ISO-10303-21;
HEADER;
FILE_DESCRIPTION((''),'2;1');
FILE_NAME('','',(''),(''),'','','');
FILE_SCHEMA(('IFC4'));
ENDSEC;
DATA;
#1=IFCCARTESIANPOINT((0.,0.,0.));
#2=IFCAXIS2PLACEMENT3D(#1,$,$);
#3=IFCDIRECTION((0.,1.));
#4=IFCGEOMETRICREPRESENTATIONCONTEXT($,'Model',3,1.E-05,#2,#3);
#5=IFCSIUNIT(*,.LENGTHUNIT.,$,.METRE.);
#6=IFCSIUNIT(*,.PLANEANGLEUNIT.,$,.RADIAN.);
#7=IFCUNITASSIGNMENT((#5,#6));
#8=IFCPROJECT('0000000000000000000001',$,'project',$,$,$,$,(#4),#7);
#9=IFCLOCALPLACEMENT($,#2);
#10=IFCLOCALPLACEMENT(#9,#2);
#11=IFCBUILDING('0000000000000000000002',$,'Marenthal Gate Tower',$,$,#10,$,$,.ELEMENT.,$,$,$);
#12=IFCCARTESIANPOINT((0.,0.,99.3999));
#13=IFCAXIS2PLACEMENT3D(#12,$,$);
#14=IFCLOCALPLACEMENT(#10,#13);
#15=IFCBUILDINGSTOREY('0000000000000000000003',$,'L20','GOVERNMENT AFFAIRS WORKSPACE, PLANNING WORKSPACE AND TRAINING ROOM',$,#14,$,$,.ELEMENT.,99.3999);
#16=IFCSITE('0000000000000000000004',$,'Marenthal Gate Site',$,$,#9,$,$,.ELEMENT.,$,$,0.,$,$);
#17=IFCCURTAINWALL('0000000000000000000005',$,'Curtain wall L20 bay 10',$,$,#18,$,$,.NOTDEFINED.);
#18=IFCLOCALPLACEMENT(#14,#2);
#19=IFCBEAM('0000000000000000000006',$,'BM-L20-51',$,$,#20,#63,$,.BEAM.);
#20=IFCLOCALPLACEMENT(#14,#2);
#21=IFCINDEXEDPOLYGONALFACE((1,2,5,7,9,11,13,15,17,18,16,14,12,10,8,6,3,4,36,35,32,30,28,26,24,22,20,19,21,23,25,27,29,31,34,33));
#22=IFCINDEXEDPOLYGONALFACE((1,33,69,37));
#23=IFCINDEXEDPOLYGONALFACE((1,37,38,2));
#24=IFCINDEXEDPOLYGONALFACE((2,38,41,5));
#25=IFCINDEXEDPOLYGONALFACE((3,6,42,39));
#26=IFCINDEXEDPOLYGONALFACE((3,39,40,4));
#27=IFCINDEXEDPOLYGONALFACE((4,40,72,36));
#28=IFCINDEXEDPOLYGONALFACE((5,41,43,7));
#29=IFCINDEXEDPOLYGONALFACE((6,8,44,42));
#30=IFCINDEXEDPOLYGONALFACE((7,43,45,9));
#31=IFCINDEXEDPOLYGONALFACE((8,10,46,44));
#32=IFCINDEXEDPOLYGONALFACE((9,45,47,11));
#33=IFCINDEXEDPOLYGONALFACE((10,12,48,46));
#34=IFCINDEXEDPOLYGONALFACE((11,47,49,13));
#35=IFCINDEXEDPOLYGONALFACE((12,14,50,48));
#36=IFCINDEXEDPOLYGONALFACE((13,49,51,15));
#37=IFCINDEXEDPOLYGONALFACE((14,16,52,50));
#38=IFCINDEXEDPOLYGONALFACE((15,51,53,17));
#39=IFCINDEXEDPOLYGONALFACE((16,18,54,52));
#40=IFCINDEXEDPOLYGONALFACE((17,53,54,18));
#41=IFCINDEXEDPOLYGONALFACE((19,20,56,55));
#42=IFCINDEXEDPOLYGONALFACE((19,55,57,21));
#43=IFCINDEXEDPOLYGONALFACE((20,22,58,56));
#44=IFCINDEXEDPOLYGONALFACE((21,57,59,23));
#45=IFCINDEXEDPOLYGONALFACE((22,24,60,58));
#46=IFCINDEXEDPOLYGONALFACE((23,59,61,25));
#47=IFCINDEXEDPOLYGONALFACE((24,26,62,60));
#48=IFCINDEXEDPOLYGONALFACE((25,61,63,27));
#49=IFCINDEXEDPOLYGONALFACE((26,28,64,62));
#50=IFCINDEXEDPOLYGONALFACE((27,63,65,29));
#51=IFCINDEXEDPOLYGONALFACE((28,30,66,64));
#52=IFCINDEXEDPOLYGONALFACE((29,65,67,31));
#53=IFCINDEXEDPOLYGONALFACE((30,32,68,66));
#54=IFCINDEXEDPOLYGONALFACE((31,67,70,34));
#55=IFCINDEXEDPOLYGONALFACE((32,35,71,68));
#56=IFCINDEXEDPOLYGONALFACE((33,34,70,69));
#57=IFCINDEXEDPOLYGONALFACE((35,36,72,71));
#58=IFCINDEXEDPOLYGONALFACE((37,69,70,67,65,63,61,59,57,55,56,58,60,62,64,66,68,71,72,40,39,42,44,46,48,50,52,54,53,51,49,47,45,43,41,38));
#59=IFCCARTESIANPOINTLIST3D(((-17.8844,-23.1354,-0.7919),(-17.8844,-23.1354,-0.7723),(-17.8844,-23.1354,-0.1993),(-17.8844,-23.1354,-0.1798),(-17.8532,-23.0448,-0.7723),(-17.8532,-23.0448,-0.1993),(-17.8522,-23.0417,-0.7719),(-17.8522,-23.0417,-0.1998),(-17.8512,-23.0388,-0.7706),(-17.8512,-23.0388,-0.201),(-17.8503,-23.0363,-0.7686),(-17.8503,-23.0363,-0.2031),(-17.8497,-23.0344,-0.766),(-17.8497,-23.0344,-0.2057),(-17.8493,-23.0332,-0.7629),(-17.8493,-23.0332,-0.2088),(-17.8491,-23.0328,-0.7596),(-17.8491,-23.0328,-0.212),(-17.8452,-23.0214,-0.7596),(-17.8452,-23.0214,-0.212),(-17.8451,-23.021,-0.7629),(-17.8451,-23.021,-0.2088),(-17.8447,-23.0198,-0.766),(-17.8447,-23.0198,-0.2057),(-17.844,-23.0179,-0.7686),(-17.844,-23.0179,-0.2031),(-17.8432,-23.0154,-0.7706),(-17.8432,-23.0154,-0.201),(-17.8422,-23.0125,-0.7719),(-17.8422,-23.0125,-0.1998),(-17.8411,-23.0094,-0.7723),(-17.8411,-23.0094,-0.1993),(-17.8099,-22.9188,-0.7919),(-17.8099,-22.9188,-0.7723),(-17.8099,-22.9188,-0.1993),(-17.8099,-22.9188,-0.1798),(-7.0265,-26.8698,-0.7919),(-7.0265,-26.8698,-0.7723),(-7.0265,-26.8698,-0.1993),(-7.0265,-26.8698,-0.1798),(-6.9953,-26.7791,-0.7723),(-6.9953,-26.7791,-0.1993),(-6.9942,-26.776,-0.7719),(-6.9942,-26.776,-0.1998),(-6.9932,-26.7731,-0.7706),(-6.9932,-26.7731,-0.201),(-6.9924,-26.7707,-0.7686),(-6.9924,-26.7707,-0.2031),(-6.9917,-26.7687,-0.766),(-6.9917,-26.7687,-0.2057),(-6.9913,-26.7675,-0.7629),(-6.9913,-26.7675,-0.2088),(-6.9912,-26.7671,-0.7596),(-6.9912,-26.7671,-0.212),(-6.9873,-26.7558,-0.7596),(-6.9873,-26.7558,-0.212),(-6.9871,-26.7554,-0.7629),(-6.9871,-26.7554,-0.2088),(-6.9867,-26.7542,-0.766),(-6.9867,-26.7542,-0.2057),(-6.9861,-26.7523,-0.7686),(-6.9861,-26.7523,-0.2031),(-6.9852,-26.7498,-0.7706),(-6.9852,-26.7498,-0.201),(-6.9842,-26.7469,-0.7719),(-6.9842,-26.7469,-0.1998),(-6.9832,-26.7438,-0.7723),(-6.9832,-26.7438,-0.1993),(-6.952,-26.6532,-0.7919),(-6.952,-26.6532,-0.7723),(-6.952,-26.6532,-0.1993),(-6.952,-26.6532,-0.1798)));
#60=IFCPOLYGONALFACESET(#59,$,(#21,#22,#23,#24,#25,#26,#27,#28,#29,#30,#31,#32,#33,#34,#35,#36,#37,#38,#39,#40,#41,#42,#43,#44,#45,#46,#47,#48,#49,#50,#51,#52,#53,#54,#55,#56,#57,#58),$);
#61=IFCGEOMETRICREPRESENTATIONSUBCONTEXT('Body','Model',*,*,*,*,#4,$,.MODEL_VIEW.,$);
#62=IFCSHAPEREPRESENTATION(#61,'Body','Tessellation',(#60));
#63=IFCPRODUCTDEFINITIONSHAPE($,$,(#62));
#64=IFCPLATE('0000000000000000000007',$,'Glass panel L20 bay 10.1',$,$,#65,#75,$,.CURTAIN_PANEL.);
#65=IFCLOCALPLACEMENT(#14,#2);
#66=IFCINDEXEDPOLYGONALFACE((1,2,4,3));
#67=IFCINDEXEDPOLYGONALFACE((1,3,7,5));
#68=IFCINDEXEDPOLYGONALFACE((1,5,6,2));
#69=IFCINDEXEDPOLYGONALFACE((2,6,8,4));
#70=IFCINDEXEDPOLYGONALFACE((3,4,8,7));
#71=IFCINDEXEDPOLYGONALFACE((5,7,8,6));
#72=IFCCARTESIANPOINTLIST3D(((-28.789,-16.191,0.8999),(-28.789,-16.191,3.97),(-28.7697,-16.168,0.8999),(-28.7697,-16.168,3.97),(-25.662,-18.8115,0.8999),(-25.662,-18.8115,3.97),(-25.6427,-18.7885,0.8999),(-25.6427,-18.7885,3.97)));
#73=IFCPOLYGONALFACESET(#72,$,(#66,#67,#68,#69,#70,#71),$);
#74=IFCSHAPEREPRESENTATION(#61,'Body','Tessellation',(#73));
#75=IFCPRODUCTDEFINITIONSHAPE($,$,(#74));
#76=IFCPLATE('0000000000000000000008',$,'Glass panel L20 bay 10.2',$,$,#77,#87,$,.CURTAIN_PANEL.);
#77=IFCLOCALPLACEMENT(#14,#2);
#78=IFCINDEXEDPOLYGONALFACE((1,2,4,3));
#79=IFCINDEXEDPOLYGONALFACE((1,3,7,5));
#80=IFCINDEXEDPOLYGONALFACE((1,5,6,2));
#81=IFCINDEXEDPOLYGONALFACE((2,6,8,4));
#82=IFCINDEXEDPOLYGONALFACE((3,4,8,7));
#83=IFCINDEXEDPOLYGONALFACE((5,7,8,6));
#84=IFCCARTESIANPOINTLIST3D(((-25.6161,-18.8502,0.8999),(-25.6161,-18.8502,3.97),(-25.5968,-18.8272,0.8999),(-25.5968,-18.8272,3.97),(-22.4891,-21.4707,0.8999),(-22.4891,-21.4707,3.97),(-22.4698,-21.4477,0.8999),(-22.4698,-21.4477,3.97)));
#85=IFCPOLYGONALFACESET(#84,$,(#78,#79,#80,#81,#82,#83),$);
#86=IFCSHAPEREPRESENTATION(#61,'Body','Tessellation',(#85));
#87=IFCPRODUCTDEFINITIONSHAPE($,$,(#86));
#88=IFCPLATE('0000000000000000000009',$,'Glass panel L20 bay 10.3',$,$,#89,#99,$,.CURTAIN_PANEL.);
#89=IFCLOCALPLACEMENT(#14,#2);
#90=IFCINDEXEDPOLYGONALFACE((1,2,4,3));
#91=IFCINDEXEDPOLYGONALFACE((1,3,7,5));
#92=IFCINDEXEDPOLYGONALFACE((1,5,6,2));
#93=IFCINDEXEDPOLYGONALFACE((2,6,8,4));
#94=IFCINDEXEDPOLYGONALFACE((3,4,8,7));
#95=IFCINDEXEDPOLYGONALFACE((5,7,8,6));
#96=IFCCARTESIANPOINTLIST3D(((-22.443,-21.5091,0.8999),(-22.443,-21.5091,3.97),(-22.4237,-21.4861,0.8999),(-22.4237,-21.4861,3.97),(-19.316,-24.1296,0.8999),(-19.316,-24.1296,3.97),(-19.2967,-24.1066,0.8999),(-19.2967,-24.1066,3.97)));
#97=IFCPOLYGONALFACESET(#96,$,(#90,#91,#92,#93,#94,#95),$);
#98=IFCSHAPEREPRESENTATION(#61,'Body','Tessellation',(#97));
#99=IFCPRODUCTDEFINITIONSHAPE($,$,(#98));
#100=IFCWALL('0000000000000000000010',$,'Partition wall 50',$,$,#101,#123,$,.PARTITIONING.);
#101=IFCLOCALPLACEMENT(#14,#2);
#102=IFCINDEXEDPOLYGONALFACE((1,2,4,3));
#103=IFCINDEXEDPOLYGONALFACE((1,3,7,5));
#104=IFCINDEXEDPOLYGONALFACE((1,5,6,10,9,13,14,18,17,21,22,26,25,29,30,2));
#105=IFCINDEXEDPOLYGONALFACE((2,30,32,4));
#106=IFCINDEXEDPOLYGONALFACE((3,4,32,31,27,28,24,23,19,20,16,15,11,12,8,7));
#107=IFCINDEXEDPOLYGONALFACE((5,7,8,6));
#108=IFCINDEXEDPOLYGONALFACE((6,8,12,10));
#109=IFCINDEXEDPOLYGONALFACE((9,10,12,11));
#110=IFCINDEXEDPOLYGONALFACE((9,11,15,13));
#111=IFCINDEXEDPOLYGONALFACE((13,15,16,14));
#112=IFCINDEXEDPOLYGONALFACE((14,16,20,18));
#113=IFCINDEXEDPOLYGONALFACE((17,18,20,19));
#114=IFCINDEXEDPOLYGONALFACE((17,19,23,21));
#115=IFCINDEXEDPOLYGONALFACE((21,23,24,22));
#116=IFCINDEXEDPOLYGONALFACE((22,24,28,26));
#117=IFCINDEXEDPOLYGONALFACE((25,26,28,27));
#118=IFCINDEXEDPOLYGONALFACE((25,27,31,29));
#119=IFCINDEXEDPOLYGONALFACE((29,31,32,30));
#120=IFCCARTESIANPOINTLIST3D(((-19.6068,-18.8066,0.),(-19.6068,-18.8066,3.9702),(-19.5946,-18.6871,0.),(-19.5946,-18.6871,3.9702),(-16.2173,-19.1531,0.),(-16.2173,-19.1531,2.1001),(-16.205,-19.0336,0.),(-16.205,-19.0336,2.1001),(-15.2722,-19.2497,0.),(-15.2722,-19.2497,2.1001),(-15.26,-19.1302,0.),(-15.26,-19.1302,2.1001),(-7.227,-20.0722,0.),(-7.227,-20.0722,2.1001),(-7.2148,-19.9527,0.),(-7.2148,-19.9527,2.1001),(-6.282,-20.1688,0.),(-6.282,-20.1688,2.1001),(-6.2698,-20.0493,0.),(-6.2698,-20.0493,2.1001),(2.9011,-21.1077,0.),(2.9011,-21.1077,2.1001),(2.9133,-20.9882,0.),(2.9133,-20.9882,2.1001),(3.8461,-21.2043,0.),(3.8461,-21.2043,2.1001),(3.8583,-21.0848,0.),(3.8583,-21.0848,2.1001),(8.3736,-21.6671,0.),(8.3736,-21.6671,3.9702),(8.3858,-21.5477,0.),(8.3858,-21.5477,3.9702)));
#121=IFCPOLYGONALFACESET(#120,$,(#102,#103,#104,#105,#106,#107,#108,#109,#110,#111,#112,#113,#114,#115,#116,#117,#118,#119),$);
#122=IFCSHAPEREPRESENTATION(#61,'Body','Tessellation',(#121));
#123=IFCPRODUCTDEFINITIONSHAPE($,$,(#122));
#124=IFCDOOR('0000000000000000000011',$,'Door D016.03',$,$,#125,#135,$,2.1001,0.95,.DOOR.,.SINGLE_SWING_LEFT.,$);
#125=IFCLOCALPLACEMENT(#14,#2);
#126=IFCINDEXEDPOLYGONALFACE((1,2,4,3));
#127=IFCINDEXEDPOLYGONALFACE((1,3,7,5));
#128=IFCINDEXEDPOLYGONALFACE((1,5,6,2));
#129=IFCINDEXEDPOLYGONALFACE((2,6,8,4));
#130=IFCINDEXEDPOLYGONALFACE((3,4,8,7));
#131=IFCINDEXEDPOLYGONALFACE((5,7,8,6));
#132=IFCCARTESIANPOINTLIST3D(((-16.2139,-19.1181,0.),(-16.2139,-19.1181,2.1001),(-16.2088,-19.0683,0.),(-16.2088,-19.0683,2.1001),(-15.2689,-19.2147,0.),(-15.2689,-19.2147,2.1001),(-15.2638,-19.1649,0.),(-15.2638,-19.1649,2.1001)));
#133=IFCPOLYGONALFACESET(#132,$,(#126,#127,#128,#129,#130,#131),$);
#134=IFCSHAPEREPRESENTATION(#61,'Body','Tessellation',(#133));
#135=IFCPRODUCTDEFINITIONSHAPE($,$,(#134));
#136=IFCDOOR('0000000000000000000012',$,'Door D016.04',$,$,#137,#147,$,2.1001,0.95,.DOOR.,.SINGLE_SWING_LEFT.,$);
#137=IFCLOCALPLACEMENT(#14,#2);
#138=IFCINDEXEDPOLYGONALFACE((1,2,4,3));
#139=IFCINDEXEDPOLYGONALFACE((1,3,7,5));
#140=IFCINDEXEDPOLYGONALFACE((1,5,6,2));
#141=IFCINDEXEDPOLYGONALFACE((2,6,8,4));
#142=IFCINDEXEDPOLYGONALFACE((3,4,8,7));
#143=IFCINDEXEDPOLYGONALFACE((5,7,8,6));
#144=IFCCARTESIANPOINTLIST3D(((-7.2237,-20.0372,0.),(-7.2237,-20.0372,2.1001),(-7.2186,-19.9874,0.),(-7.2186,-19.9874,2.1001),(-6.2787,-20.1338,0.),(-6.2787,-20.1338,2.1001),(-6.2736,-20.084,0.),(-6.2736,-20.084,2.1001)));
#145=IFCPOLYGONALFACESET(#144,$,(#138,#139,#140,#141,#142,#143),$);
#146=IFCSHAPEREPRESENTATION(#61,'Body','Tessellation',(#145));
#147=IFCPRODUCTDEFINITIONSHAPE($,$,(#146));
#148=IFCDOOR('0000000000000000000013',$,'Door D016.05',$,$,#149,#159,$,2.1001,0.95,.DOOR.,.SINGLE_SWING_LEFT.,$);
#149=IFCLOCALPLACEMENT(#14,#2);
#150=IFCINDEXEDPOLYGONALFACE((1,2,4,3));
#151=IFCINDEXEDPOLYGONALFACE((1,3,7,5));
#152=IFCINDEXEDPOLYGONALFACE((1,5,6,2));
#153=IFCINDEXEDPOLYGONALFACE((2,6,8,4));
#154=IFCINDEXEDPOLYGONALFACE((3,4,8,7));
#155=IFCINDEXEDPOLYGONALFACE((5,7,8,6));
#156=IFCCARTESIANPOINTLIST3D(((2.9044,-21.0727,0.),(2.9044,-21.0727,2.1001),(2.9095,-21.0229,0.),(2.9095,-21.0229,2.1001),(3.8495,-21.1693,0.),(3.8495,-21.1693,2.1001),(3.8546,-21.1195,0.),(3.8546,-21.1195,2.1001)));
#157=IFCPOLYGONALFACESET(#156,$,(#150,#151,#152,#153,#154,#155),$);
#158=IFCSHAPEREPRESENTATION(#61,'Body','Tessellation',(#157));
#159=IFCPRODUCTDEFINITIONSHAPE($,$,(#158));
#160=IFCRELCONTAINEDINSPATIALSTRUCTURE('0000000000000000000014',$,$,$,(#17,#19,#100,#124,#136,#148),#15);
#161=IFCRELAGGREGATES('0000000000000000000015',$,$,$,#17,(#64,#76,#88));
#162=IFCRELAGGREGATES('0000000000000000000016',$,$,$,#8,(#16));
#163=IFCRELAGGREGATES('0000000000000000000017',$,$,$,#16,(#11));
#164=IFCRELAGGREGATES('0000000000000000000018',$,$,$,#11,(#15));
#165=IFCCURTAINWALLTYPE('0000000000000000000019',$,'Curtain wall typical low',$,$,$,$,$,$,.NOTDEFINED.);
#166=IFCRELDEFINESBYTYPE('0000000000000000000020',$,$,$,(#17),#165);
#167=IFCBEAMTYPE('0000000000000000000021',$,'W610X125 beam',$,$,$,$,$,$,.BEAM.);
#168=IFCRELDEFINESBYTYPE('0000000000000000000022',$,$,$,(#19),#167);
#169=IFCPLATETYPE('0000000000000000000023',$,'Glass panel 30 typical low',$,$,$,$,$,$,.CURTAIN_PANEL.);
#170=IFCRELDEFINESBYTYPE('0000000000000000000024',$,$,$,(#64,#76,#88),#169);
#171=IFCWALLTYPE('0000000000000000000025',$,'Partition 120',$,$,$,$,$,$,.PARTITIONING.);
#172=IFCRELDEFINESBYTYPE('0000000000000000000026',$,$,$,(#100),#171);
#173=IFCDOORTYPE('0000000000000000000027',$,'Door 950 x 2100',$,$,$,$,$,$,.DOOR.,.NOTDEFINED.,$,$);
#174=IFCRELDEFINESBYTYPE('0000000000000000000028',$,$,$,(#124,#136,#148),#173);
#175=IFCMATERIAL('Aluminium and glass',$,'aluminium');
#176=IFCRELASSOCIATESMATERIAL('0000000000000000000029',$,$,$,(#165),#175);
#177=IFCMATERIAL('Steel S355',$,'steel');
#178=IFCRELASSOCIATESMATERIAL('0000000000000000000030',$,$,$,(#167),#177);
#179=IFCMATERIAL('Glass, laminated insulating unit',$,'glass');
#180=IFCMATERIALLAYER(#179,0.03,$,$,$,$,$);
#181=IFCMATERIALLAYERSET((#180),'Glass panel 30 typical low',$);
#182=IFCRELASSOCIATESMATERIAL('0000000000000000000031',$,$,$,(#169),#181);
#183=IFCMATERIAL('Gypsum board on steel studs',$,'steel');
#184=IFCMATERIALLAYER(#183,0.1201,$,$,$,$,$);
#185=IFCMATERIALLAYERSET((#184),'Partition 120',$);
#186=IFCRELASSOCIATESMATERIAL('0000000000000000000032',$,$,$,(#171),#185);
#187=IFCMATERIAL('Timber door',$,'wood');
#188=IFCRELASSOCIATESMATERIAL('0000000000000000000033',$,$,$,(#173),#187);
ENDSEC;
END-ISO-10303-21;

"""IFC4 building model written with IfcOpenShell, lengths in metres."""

from ifc_helpers import new_model, si_unit, direction, frame, frame_2d, origin, origin_2d, place, context, subcontext, project, spatial, rectangle, i_section, extrude, material, layer, layer_set, material_profile, profile_set, type_object, element, fill, aggregate, save


model = new_model("IFC4")

# Units and contexts
model_context = context("Model", 3, precision=1e-05, world=origin(), true_north=direction((0.0, 1.0)))
body_context = subcontext(model_context, "Body", "Model", "MODEL_VIEW")
ifc_project = project(units=[si_unit("LENGTHUNIT", "METRE"), si_unit("PLANEANGLEUNIT", "RADIAN")], contexts=[model_context])

# Site, building, storey
site_placement = place(None, origin())
site = spatial("IfcSite", under=ifc_project, at=site_placement, Name="Marenthal Gate Site", CompositionType="ELEMENT", RefElevation=0.0)
building_placement = place(site_placement, origin())
building = spatial("IfcBuilding", under=site, at=building_placement, Name="Marenthal Gate Tower", CompositionType="ELEMENT")
storey_placement = place(building_placement, frame((0.0, 0.0, 99.3999)))
storey = spatial("IfcBuildingStorey", under=building, at=storey_placement, Name="L20", Description="GOVERNMENT AFFAIRS WORKSPACE, PLANNING WORKSPACE AND TRAINING ROOM", CompositionType="ELEMENT", Elevation=99.3999)

# Curtain wall
ifc_material_1 = material(Name="Aluminium and glass", Category="aluminium")
curtain_wall_type = type_object("IfcCurtainWallType", Name="Curtain wall typical low", PredefinedType="NOTDEFINED", material=ifc_material_1)
curtain_wall_placement = place(storey_placement, origin())
curtain_wall = element("IfcCurtainWall", 1, at=curtain_wall_placement, inside=storey, type_object=curtain_wall_type, Name="Curtain wall L20 bay 10", PredefinedType="NOTDEFINED")

# Beam
ifc_material_2 = material(Name="Steel S355", Category="steel")
ifc_material_profile_1 = material_profile(ifc_material_2, i_section(OverallWidth=0.229, OverallDepth=0.6121, WebThickness=0.012, FlangeThickness=0.0195, FilletRadius=0.0127, at=origin_2d()), Name="W610X125")
ifc_profile_set_1 = profile_set([ifc_material_profile_1], Name="Steel S355")
beam_type_1 = type_object("IfcBeamType", Name="W610X125 beam", PredefinedType="BEAM", material=ifc_profile_set_1)
beam_1_placement = place(storey_placement, frame((-17.8472, -23.0271, -0.4858), z_axis=(0.945634, -0.325233, 0.0), x_axis=(0.325233, 0.945634, 0.0)))
element("IfcBeam", 2, at=beam_1_placement, inside=storey, type_object=beam_type_1, Name="BM-L20-51", PredefinedType="BEAM", context=body_context, shape_type="SweptSolid", body=[
    extrude(i_section(OverallWidth=0.229, OverallDepth=0.6121, WebThickness=0.012, FlangeThickness=0.0195, FilletRadius=0.0127, at=origin_2d()), origin(), (0.0, 0.0, 1.0), 11.4822),
])

# Plates
ifc_material_3 = material(Name="Glass, laminated insulating unit", Category="glass")
ifc_layer_1 = layer(ifc_material_3, 0.03)
ifc_layer_set_1 = layer_set([ifc_layer_1], Name="Glass panel 30 typical low")
plate_type = type_object("IfcPlateType", Name="Glass panel 30 typical low", PredefinedType="CURTAIN_PANEL", material=ifc_layer_set_1)
plate_1_placement = place(storey_placement, frame((-27.2158, -17.4897, 0.8999), z_axis=(0.0, 0.0, 1.0), x_axis=(0.766447, -0.642308, 0.0)))
plate_1 = element("IfcPlate", 3, at=plate_1_placement, type_object=plate_type, Name="Glass panel L20 bay 10.1", PredefinedType="CURTAIN_PANEL", context=body_context, shape_type="SweptSolid", body=[
    extrude(rectangle(XDim=4.0798, YDim=0.03, at=origin_2d()), origin(), (0.0, 0.0, 1.0), 3.0701),
])
plate_2_placement = place(storey_placement, frame((-24.043, -20.1489, 0.8999), z_axis=(0.0, 0.0, 1.0), x_axis=(0.766447, -0.642308, 0.0)))
plate_2 = element("IfcPlate", 4, at=plate_2_placement, type_object=plate_type, Name="Glass panel L20 bay 10.2", PredefinedType="CURTAIN_PANEL", context=body_context, shape_type="SweptSolid", body=[
    extrude(rectangle(XDim=4.0798, YDim=0.03, at=origin_2d()), origin(), (0.0, 0.0, 1.0), 3.0701),
])
plate_3_placement = place(storey_placement, frame((-20.8699, -22.8079, 0.8999), z_axis=(0.0, 0.0, 1.0), x_axis=(0.766447, -0.642308, 0.0)))
plate_3 = element("IfcPlate", 5, at=plate_3_placement, type_object=plate_type, Name="Glass panel L20 bay 10.3", PredefinedType="CURTAIN_PANEL", context=body_context, shape_type="SweptSolid", body=[
    extrude(rectangle(XDim=4.0798, YDim=0.03, at=origin_2d()), origin(), (0.0, 0.0, 1.0), 3.0701),
])
aggregate(curtain_wall, [plate_1, plate_2, plate_3])

# Wall, openings, doors
ifc_material_4 = material(Name="Gypsum board on steel studs", Category="steel")
ifc_layer_2 = layer(ifc_material_4, 0.1201)
ifc_layer_set_2 = layer_set([ifc_layer_2], Name="Partition 120")
wall_type_1 = type_object("IfcWallType", Name="Partition 120", PredefinedType="PARTITIONING", material=ifc_layer_set_2)
wall_1_placement = place(storey_placement, frame((-19.6006, -18.7468, 0.0), z_axis=(0.0, 0.0, 1.0), x_axis=(0.994815, -0.101705, 0.0)))
wall_1 = element("IfcWall", 6, at=wall_1_placement, inside=storey, type_object=wall_type_1, Name="Partition wall 50", PredefinedType="PARTITIONING", context=body_context, shape_type="SweptSolid", body=[
    extrude(rectangle(XDim=28.1262, YDim=0.1201, at=frame_2d((14.063, 0.0))), origin(), (0.0, 0.0, 1.0), 3.9702),
])
opening_1_placement = place(wall_1_placement, frame((3.407, 0.0, 0.0)))
opening_1 = element("IfcOpeningElement", 7, at=opening_1_placement, cuts=wall_1, PredefinedType="OPENING", context=body_context, shape_type="SweptSolid", body=[
    extrude(rectangle(XDim=0.95, YDim=2.1001, at=frame_2d((0.4751, 1.05))), frame((0.0, 0.0701, 0.0), z_axis=(0.0, -1.0, 0.0), x_axis=(1.0, 0.0, 0.0)), (0.0, 0.0, 1.0), 0.1401),
])
opening_2_placement = place(wall_1_placement, frame((12.4441, 0.0, 0.0)))
opening_2 = element("IfcOpeningElement", 8, at=opening_2_placement, cuts=wall_1, PredefinedType="OPENING", context=body_context, shape_type="SweptSolid", body=[
    extrude(rectangle(XDim=0.95, YDim=2.1001, at=frame_2d((0.4751, 1.05))), frame((0.0, 0.0701, 0.0), z_axis=(0.0, -1.0, 0.0), x_axis=(1.0, 0.0, 0.0)), (0.0, 0.0, 1.0), 0.1401),
])
opening_3_placement = place(wall_1_placement, frame((22.625, 0.0, 0.0)))
opening_3 = element("IfcOpeningElement", 9, at=opening_3_placement, cuts=wall_1, PredefinedType="OPENING", context=body_context, shape_type="SweptSolid", body=[
    extrude(rectangle(XDim=0.95, YDim=2.1001, at=frame_2d((0.4751, 1.05))), frame((0.0, 0.0701, 0.0), z_axis=(0.0, -1.0, 0.0), x_axis=(1.0, 0.0, 0.0)), (0.0, 0.0, 1.0), 0.1401),
])
ifc_material_5 = material(Name="Timber door", Category="wood")
door_type_1 = type_object("IfcDoorType", Name="Door 950 x 2100", OperationType="NOTDEFINED", PredefinedType="DOOR", material=ifc_material_5)
door_1_placement = place(opening_1_placement, frame((0.95, 0.0, 0.0), z_axis=(0.0, 0.0, 1.0), x_axis=(-1.0, 0.0, 0.0)))
door_1 = element("IfcDoor", 10, at=door_1_placement, inside=storey, type_object=door_type_1, Name="Door D016.03", OperationType="SINGLE_SWING_LEFT", OverallHeight=2.1001, OverallWidth=0.95, PredefinedType="DOOR", context=body_context, shape_type="SweptSolid", body=[
    extrude(rectangle(XDim=0.95, YDim=2.1001, at=frame_2d((0.4751, 1.05))), frame((0.0, 0.0249, 0.0), z_axis=(0.0, -1.0, 0.0), x_axis=(1.0, 0.0, 0.0)), (0.0, 0.0, 1.0), 0.05),
])
fill(opening_1, door_1)
door_2_placement = place(opening_2_placement, frame((0.95, 0.0, 0.0), z_axis=(0.0, 0.0, 1.0), x_axis=(-1.0, 0.0, 0.0)))
door_2 = element("IfcDoor", 11, at=door_2_placement, inside=storey, type_object=door_type_1, Name="Door D016.04", OperationType="SINGLE_SWING_LEFT", OverallHeight=2.1001, OverallWidth=0.95, PredefinedType="DOOR", context=body_context, shape_type="SweptSolid", body=[
    extrude(rectangle(XDim=0.95, YDim=2.1001, at=frame_2d((0.4751, 1.05))), frame((0.0, 0.0249, 0.0), z_axis=(0.0, -1.0, 0.0), x_axis=(1.0, 0.0, 0.0)), (0.0, 0.0, 1.0), 0.05),
])
fill(opening_2, door_2)
door_3_placement = place(opening_3_placement, frame((0.95, 0.0, 0.0), z_axis=(0.0, 0.0, 1.0), x_axis=(-1.0, 0.0, 0.0)))
door_3 = element("IfcDoor", 12, at=door_3_placement, inside=storey, type_object=door_type_1, Name="Door D016.05", OperationType="SINGLE_SWING_LEFT", OverallHeight=2.1001, OverallWidth=0.95, PredefinedType="DOOR", context=body_context, shape_type="SweptSolid", body=[
    extrude(rectangle(XDim=0.95, YDim=2.1001, at=frame_2d((0.4751, 1.05))), frame((0.0, 0.0249, 0.0), z_axis=(0.0, -1.0, 0.0), x_axis=(1.0, 0.0, 0.0)), (0.0, 0.0, 1.0), 0.05),
])
fill(opening_3, door_3)

save(model, "model.ifc")
